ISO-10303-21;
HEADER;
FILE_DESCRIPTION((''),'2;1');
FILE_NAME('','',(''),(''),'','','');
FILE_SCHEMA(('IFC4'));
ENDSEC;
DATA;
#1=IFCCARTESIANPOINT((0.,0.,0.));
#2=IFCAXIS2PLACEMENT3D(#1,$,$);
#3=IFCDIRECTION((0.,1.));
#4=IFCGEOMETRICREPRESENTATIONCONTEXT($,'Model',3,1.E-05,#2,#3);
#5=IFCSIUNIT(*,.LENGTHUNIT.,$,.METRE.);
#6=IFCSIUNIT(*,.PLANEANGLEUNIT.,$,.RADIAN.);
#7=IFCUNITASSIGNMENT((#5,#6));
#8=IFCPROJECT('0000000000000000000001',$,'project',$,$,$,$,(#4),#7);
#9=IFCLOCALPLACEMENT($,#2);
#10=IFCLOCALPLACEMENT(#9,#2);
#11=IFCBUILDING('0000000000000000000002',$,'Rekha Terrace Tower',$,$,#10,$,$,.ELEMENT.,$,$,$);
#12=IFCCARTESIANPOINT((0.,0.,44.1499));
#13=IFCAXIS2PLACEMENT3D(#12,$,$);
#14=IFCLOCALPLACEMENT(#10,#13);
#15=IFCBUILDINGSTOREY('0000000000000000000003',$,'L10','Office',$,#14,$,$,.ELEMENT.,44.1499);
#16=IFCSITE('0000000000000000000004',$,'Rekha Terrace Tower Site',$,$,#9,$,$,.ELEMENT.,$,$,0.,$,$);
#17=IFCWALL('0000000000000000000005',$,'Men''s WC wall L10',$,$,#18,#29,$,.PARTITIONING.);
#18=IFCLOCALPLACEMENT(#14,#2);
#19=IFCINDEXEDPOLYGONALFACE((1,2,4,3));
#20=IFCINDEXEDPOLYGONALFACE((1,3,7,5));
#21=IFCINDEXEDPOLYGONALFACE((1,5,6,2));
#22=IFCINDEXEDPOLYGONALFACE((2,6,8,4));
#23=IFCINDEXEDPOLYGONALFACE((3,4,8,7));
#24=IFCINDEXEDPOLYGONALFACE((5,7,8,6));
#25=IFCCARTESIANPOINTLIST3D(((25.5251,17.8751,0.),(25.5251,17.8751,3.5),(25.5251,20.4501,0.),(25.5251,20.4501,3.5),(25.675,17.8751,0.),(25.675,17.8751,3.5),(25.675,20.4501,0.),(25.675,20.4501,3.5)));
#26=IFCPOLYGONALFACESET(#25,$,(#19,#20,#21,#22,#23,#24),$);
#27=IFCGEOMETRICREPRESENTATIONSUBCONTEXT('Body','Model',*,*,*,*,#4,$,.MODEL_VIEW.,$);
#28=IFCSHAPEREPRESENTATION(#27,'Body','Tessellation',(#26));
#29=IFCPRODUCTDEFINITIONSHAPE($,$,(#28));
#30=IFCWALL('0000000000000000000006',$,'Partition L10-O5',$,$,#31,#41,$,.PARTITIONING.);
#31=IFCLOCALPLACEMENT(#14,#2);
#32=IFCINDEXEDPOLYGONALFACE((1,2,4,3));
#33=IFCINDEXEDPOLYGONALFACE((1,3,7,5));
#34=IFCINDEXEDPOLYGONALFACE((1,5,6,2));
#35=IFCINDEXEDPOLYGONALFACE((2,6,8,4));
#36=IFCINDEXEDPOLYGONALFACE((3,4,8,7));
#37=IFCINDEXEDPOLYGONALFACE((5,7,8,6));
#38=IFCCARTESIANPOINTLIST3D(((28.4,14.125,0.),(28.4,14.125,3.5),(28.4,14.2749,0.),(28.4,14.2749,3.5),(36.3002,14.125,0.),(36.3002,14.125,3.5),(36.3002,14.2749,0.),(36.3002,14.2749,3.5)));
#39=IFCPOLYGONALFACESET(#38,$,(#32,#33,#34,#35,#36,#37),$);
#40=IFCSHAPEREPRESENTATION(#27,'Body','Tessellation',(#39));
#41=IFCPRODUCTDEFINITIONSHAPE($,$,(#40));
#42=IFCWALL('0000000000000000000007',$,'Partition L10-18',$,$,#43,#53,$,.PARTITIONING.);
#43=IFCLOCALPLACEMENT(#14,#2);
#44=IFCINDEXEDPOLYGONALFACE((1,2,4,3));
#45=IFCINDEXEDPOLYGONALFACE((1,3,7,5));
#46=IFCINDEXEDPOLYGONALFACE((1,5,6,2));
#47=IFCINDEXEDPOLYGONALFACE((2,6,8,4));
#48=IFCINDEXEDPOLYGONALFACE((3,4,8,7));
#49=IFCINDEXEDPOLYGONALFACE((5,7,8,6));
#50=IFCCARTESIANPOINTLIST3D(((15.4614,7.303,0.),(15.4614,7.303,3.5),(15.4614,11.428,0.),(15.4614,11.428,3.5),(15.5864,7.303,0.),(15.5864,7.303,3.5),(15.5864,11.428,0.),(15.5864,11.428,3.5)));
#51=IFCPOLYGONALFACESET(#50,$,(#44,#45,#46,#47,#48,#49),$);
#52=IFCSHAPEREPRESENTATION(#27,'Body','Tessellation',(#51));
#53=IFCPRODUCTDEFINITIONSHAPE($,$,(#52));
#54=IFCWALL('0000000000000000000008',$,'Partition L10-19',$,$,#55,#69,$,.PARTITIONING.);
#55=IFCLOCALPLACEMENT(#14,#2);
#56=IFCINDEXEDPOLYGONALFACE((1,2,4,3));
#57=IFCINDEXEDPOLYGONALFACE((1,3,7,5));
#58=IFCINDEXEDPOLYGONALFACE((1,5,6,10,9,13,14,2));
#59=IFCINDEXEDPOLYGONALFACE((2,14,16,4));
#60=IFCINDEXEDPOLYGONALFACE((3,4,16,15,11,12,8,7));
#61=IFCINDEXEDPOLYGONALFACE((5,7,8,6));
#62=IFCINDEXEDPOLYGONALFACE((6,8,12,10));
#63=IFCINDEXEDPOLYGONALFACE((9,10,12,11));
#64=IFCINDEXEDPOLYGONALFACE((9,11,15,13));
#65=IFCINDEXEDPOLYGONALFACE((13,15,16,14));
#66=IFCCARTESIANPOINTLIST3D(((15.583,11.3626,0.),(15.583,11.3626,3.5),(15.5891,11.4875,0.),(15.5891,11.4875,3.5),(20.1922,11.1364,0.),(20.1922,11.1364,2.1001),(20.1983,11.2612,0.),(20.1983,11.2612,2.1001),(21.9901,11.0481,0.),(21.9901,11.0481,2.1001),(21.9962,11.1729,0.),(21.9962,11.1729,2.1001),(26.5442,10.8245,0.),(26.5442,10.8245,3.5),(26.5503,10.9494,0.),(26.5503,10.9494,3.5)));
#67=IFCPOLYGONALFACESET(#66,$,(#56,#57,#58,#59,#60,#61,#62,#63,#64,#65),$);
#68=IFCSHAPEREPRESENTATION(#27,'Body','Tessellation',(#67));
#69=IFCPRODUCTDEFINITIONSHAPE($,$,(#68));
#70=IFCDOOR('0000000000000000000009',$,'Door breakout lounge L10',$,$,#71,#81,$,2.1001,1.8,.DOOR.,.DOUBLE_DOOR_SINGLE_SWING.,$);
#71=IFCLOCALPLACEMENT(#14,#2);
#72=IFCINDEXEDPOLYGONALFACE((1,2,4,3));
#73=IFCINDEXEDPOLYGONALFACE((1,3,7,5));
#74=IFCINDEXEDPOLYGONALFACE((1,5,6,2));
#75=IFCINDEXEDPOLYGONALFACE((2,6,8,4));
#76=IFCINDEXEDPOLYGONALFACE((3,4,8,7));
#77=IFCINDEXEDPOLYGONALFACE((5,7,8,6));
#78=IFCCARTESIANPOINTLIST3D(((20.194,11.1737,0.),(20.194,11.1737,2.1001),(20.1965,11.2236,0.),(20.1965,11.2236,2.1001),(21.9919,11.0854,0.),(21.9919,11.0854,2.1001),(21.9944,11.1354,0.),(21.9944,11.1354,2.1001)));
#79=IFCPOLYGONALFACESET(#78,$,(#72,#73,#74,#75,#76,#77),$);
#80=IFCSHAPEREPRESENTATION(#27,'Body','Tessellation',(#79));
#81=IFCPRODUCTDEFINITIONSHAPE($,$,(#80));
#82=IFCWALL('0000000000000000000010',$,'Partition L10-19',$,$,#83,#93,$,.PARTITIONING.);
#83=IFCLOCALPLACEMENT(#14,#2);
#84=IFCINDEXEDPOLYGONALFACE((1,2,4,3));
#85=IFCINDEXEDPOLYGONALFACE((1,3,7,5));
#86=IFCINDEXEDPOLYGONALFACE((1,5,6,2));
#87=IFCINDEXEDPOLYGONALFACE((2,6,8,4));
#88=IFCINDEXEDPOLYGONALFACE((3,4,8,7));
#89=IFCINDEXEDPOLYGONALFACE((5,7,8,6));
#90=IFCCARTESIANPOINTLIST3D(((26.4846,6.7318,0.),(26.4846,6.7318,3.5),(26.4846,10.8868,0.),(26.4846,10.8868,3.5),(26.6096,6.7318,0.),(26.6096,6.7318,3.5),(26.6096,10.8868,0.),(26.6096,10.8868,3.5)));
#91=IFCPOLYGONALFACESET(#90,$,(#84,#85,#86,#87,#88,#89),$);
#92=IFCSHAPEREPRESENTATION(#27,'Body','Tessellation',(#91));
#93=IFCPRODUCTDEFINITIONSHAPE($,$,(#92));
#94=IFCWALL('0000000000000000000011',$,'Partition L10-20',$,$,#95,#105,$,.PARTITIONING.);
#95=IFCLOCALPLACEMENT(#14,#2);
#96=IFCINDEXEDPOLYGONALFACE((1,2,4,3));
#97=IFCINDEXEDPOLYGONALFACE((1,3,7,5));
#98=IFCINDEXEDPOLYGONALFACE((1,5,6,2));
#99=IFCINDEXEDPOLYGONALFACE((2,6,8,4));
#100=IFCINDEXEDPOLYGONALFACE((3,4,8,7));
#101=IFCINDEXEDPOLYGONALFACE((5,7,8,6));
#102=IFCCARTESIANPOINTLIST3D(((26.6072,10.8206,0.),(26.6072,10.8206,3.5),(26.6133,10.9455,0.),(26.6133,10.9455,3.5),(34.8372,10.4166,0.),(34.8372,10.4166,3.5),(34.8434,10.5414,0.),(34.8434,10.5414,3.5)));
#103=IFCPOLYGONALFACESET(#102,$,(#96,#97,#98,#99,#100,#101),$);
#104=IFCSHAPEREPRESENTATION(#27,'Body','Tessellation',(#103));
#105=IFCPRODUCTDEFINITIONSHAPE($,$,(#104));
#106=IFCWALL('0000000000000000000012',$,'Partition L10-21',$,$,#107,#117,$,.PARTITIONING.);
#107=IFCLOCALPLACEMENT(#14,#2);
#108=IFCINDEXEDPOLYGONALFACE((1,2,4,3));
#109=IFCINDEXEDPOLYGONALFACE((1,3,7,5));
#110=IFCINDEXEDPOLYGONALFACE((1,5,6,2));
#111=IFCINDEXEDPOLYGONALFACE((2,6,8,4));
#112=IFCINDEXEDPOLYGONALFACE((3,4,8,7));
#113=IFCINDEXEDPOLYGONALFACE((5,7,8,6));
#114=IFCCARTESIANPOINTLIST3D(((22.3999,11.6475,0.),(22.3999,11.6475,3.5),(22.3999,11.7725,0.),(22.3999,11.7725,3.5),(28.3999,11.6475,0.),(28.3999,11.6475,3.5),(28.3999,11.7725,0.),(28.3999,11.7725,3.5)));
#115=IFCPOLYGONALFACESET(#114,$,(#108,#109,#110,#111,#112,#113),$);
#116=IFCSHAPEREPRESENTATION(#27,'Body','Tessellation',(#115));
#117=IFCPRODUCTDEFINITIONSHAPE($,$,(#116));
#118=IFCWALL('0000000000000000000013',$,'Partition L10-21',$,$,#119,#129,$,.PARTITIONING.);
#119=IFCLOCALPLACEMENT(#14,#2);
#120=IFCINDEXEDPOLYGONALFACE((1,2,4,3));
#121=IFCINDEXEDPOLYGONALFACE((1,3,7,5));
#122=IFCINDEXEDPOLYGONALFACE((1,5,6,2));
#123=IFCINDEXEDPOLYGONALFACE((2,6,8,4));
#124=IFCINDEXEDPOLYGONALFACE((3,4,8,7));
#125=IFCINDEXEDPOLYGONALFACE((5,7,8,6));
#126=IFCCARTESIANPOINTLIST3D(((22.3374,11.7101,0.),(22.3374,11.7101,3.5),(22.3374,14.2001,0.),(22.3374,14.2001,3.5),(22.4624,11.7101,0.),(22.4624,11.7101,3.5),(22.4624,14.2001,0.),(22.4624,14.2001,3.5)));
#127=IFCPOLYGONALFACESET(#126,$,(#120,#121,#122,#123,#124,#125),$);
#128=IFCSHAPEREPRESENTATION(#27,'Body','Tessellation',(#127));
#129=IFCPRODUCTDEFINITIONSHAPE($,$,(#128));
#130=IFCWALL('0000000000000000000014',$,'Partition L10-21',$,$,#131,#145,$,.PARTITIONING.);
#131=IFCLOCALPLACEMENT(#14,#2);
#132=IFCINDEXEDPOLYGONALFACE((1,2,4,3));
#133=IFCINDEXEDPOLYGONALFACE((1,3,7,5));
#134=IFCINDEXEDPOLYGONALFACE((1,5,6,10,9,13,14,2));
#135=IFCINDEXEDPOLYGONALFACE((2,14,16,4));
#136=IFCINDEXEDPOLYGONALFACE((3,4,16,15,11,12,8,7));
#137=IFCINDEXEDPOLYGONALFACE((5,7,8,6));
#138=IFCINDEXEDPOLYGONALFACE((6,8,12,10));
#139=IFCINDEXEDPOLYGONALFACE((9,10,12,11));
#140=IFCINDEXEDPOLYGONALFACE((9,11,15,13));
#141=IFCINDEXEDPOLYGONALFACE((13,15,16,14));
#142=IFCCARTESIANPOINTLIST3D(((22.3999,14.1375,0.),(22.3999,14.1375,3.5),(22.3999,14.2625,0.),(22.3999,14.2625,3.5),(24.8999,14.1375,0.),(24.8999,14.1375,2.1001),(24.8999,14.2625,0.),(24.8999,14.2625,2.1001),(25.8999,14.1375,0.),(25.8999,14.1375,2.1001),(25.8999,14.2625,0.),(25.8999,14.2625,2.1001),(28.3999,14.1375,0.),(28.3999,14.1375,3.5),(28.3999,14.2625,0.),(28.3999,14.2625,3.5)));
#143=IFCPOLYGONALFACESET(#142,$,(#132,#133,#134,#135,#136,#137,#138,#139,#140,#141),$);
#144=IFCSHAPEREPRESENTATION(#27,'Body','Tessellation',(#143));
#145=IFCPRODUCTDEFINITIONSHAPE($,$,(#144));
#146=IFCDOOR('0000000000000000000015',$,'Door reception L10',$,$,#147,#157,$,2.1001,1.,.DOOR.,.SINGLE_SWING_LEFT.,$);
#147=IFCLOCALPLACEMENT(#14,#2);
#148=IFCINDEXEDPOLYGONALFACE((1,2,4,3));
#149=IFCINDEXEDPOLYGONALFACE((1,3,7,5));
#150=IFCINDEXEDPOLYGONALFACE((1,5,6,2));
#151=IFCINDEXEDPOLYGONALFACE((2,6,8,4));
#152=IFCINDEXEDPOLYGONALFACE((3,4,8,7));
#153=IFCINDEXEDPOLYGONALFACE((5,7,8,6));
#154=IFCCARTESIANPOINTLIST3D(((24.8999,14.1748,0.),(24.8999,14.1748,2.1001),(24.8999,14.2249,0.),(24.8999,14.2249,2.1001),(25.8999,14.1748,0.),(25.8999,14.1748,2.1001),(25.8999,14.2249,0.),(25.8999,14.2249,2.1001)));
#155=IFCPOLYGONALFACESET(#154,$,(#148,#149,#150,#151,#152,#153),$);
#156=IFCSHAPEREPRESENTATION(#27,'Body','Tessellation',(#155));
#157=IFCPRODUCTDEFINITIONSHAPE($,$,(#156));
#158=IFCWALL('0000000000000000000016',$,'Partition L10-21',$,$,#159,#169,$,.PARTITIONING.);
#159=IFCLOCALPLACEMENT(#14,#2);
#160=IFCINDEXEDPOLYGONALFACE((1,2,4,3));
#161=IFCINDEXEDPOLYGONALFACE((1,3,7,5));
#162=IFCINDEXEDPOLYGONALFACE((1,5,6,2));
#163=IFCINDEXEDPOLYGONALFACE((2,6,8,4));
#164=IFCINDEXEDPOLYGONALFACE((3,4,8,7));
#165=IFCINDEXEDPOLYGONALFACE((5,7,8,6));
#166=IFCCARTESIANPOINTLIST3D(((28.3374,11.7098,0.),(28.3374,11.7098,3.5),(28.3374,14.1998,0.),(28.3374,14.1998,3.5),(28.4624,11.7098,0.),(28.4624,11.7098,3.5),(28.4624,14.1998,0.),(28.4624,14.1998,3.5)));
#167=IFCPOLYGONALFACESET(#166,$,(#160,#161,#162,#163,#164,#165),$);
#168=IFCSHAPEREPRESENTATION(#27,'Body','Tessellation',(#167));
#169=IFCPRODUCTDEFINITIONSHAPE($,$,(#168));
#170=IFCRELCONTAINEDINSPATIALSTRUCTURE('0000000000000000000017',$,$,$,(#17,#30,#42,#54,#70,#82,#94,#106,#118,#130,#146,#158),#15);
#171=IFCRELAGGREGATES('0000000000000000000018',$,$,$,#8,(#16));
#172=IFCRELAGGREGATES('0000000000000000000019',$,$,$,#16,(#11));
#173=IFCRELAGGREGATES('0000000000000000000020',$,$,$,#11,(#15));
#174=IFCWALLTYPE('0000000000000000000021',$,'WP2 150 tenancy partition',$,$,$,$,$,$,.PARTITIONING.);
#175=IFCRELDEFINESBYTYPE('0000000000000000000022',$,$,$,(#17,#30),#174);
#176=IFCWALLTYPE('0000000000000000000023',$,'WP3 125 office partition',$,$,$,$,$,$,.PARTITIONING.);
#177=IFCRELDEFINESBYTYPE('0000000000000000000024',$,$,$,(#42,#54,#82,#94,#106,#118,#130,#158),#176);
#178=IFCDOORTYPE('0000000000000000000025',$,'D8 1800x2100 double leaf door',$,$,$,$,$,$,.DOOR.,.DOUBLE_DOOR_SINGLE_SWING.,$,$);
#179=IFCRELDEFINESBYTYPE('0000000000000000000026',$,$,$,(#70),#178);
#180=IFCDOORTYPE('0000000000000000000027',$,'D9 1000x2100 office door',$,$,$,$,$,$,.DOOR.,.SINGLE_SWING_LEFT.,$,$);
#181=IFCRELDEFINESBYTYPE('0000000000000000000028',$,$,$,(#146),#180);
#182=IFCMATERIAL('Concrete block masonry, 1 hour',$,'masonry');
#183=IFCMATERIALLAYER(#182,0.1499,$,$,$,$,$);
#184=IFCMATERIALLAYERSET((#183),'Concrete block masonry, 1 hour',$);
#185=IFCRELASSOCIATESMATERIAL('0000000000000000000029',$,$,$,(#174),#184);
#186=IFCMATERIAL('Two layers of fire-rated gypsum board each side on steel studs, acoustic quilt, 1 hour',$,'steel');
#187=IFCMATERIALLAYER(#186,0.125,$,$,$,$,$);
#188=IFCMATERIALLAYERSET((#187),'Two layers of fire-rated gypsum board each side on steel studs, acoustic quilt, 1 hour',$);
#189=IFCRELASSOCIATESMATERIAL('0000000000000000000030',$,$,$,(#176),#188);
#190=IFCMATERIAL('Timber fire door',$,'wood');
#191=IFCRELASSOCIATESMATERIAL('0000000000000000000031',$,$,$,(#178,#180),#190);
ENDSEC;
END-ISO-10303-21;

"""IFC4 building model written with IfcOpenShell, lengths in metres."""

from ifc_helpers import new_model, si_unit, direction, frame, frame_2d, origin, place, context, subcontext, project, spatial, rectangle, extrude, material, layer, layer_set, type_object, element, fill, save


model = new_model("IFC4")

# Units and contexts
model_context = context("Model", 3, precision=1e-05, world=origin(), true_north=direction((0.0, 1.0)))
body_context = subcontext(model_context, "Body", "Model", "MODEL_VIEW")
ifc_project = project(units=[si_unit("LENGTHUNIT", "METRE"), si_unit("PLANEANGLEUNIT", "RADIAN")], contexts=[model_context])

# Site, building, storey
site_placement = place(None, origin())
site = spatial("IfcSite", under=ifc_project, at=site_placement, Name="Rekha Terrace Tower Site", CompositionType="ELEMENT", RefElevation=0.0)
building_placement = place(site_placement, origin())
building = spatial("IfcBuilding", under=site, at=building_placement, Name="Rekha Terrace Tower", CompositionType="ELEMENT")
storey_placement = place(building_placement, frame((0.0, 0.0, 44.1499)))
storey = spatial("IfcBuildingStorey", under=building, at=storey_placement, Name="L10", Description="Office", CompositionType="ELEMENT", Elevation=44.1499)

# Shared definitions
ifc_material_1 = material(Name="Concrete block masonry, 1 hour", Category="masonry")
ifc_layer_1 = layer(ifc_material_1, 0.1499)
ifc_layer_set_1 = layer_set([ifc_layer_1], Name="Concrete block masonry, 1 hour")
wall_type_1 = type_object("IfcWallType", Name="WP2 150 tenancy partition", PredefinedType="PARTITIONING", material=ifc_layer_set_1)

# Walls
wall_1_placement = place(storey_placement, frame((25.6001, 17.875, 0.0), z_axis=(0.0, 0.0, 1.0), x_axis=(0.0, 1.0, 0.0)))
element("IfcWall", 1, at=wall_1_placement, inside=storey, type_object=wall_type_1, Name="Men's WC wall L10", PredefinedType="PARTITIONING", context=body_context, shape_type="SweptSolid", body=[
    extrude(rectangle(XDim=2.575, YDim=0.1499, at=frame_2d((1.2876, 0.0))), origin(), (0.0, 0.0, 1.0), 3.5),
])
wall_2_placement = place(storey_placement, frame((28.3999, 14.2, 0.0), z_axis=(0.0, 0.0, 1.0), x_axis=(1.0, 0.0, 0.0)))
element("IfcWall", 2, at=wall_2_placement, inside=storey, type_object=wall_type_1, Name="Partition L10-O5", PredefinedType="PARTITIONING", context=body_context, shape_type="SweptSolid", body=[
    extrude(rectangle(XDim=7.9001, YDim=0.1499, at=frame_2d((3.9502, 0.0))), origin(), (0.0, 0.0, 1.0), 3.5),
])
ifc_material_2 = material(Name="Two layers of fire-rated gypsum board each side on steel studs, acoustic quilt, 1 hour", Category="steel")
ifc_layer_2 = layer(ifc_material_2, 0.125)
ifc_layer_set_2 = layer_set([ifc_layer_2], Name="Two layers of fire-rated gypsum board each side on steel studs, acoustic quilt, 1 hour")
wall_type_2 = type_object("IfcWallType", Name="WP3 125 office partition", PredefinedType="PARTITIONING", material=ifc_layer_set_2)
wall_3_placement = place(storey_placement, frame((15.5239, 11.428, 0.0), z_axis=(0.0, 0.0, 1.0), x_axis=(0.0, -1.0, 0.0)))
element("IfcWall", 3, at=wall_3_placement, inside=storey, type_object=wall_type_2, Name="Partition L10-18", PredefinedType="PARTITIONING", context=body_context, shape_type="SweptSolid", body=[
    extrude(rectangle(XDim=4.125, YDim=0.125, at=frame_2d((2.0625, 0.0))), origin(), (0.0, 0.0, 1.0), 3.5),
])

# Wall, opening, door
wall_4_placement = place(storey_placement, frame((15.5859, 11.425, 0.0), z_axis=(0.0, 0.0, 1.0), x_axis=(0.998797, -0.049031, 0.0)))
wall_4 = element("IfcWall", 4, at=wall_4_placement, inside=storey, type_object=wall_type_2, Name="Partition L10-19", PredefinedType="PARTITIONING", context=body_context, shape_type="SweptSolid", body=[
    extrude(rectangle(XDim=10.9744, YDim=0.125, at=frame_2d((5.4873, 0.0))), origin(), (0.0, 0.0, 1.0), 3.5),
])
opening_1_placement = place(wall_4_placement, frame((4.615, 0.0, 0.0)))
opening_1 = element("IfcOpeningElement", 5, at=opening_1_placement, cuts=wall_4, PredefinedType="OPENING", context=body_context, shape_type="SweptSolid", body=[
    extrude(rectangle(XDim=1.8, YDim=2.1001, at=frame_2d((0.8999, 1.05))), frame((0.0, 0.0725, 0.0), z_axis=(0.0, -1.0, 0.0), x_axis=(1.0, 0.0, 0.0)), (0.0, 0.0, 1.0), 0.145),
])
ifc_material_3 = material(Name="Timber fire door", Category="wood")
door_type_1 = type_object("IfcDoorType", Name="D8 1800x2100 double leaf door", OperationType="DOUBLE_DOOR_SINGLE_SWING", PredefinedType="DOOR", material=ifc_material_3)
door_1_placement = place(opening_1_placement, origin())
door_1 = element("IfcDoor", 6, at=door_1_placement, inside=storey, type_object=door_type_1, Name="Door breakout lounge L10", OperationType="DOUBLE_DOOR_SINGLE_SWING", OverallHeight=2.1001, OverallWidth=1.8, PredefinedType="DOOR", context=body_context, shape_type="SweptSolid", body=[
    extrude(rectangle(XDim=1.8, YDim=2.1001, at=frame_2d((0.8999, 1.05))), frame((0.0, 0.0249, 0.0), z_axis=(0.0, -1.0, 0.0), x_axis=(1.0, 0.0, 0.0)), (0.0, 0.0, 1.0), 0.05),
])
fill(opening_1, door_1)

# Walls
wall_5_placement = place(storey_placement, frame((26.5471, 10.887, 0.0), z_axis=(0.0, 0.0, 1.0), x_axis=(0.0, -1.0, 0.0)))
element("IfcWall", 7, at=wall_5_placement, inside=storey, type_object=wall_type_2, Name="Partition L10-19", PredefinedType="PARTITIONING", context=body_context, shape_type="SweptSolid", body=[
    extrude(rectangle(XDim=4.155, YDim=0.125, at=frame_2d((2.0776, 0.0))), origin(), (0.0, 0.0, 1.0), 3.5),
])
wall_6_placement = place(storey_placement, frame((26.6101, 10.8831, 0.0), z_axis=(0.0, 0.0, 1.0), x_axis=(0.998797, -0.049036, 0.0)))
element("IfcWall", 8, at=wall_6_placement, inside=storey, type_object=wall_type_2, Name="Partition L10-20", PredefinedType="PARTITIONING", context=body_context, shape_type="SweptSolid", body=[
    extrude(rectangle(XDim=8.24, YDim=0.125, at=frame_2d((4.1201, 0.0))), origin(), (0.0, 0.0, 1.0), 3.5),
])
wall_7_placement = place(storey_placement, frame((28.3999, 11.71, 0.0), z_axis=(0.0, 0.0, 1.0), x_axis=(-1.0, 0.0, 0.0)))
element("IfcWall", 9, at=wall_7_placement, inside=storey, type_object=wall_type_2, Name="Partition L10-21", PredefinedType="PARTITIONING", context=body_context, shape_type="SweptSolid", body=[
    extrude(rectangle(XDim=6.0, YDim=0.125, at=frame_2d((3.0, 0.0))), origin(), (0.0, 0.0, 1.0), 3.5),
])
wall_8_placement = place(storey_placement, frame((22.3999, 11.71, 0.0), z_axis=(0.0, 0.0, 1.0), x_axis=(0.0, 1.0, 0.0)))
element("IfcWall", 10, at=wall_8_placement, inside=storey, type_object=wall_type_2, Name="Partition L10-21", PredefinedType="PARTITIONING", context=body_context, shape_type="SweptSolid", body=[
    extrude(rectangle(XDim=2.49, YDim=0.125, at=frame_2d((1.2451, 0.0))), origin(), (0.0, 0.0, 1.0), 3.5),
])

# Wall, opening, door
wall_9_placement = place(storey_placement, frame((22.3999, 14.2, 0.0), z_axis=(0.0, 0.0, 1.0), x_axis=(1.0, 0.0, 0.0)))
wall_9 = element("IfcWall", 11, at=wall_9_placement, inside=storey, type_object=wall_type_2, Name="Partition L10-21", PredefinedType="PARTITIONING", context=body_context, shape_type="SweptSolid", body=[
    extrude(rectangle(XDim=6.0, YDim=0.125, at=frame_2d((3.0, 0.0))), origin(), (0.0, 0.0, 1.0), 3.5),
])
opening_2_placement = place(wall_9_placement, frame((2.5, 0.0, 0.0)))
opening_2 = element("IfcOpeningElement", 12, at=opening_2_placement, cuts=wall_9, PredefinedType="OPENING", context=body_context, shape_type="SweptSolid", body=[
    extrude(rectangle(XDim=1.0, YDim=2.1001, at=frame_2d((0.5, 1.05))), frame((0.0, 0.0725, 0.0), z_axis=(0.0, -1.0, 0.0), x_axis=(1.0, 0.0, 0.0)), (0.0, 0.0, 1.0), 0.145),
])
door_type_2 = type_object("IfcDoorType", Name="D9 1000x2100 office door", OperationType="SINGLE_SWING_LEFT", PredefinedType="DOOR", material=ifc_material_3)
door_2_placement = place(opening_2_placement, origin())
door_2 = element("IfcDoor", 13, at=door_2_placement, inside=storey, type_object=door_type_2, Name="Door reception L10", OperationType="SINGLE_SWING_LEFT", OverallHeight=2.1001, OverallWidth=1.0, PredefinedType="DOOR", context=body_context, shape_type="SweptSolid", body=[
    extrude(rectangle(XDim=1.0, YDim=2.1001, at=frame_2d((0.5, 1.05))), frame((0.0, 0.0249, 0.0), z_axis=(0.0, -1.0, 0.0), x_axis=(1.0, 0.0, 0.0)), (0.0, 0.0, 1.0), 0.05),
])
fill(opening_2, door_2)

# Wall
wall_10_placement = place(storey_placement, frame((28.3999, 14.2, 0.0), z_axis=(0.0, 0.0, 1.0), x_axis=(0.0, -1.0, 0.0)))
element("IfcWall", 14, at=wall_10_placement, inside=storey, type_object=wall_type_2, Name="Partition L10-21", PredefinedType="PARTITIONING", context=body_context, shape_type="SweptSolid", body=[
    extrude(rectangle(XDim=2.49, YDim=0.125, at=frame_2d((1.2451, 0.0))), origin(), (0.0, 0.0, 1.0), 3.5),
])

save(model, "model.ifc")
